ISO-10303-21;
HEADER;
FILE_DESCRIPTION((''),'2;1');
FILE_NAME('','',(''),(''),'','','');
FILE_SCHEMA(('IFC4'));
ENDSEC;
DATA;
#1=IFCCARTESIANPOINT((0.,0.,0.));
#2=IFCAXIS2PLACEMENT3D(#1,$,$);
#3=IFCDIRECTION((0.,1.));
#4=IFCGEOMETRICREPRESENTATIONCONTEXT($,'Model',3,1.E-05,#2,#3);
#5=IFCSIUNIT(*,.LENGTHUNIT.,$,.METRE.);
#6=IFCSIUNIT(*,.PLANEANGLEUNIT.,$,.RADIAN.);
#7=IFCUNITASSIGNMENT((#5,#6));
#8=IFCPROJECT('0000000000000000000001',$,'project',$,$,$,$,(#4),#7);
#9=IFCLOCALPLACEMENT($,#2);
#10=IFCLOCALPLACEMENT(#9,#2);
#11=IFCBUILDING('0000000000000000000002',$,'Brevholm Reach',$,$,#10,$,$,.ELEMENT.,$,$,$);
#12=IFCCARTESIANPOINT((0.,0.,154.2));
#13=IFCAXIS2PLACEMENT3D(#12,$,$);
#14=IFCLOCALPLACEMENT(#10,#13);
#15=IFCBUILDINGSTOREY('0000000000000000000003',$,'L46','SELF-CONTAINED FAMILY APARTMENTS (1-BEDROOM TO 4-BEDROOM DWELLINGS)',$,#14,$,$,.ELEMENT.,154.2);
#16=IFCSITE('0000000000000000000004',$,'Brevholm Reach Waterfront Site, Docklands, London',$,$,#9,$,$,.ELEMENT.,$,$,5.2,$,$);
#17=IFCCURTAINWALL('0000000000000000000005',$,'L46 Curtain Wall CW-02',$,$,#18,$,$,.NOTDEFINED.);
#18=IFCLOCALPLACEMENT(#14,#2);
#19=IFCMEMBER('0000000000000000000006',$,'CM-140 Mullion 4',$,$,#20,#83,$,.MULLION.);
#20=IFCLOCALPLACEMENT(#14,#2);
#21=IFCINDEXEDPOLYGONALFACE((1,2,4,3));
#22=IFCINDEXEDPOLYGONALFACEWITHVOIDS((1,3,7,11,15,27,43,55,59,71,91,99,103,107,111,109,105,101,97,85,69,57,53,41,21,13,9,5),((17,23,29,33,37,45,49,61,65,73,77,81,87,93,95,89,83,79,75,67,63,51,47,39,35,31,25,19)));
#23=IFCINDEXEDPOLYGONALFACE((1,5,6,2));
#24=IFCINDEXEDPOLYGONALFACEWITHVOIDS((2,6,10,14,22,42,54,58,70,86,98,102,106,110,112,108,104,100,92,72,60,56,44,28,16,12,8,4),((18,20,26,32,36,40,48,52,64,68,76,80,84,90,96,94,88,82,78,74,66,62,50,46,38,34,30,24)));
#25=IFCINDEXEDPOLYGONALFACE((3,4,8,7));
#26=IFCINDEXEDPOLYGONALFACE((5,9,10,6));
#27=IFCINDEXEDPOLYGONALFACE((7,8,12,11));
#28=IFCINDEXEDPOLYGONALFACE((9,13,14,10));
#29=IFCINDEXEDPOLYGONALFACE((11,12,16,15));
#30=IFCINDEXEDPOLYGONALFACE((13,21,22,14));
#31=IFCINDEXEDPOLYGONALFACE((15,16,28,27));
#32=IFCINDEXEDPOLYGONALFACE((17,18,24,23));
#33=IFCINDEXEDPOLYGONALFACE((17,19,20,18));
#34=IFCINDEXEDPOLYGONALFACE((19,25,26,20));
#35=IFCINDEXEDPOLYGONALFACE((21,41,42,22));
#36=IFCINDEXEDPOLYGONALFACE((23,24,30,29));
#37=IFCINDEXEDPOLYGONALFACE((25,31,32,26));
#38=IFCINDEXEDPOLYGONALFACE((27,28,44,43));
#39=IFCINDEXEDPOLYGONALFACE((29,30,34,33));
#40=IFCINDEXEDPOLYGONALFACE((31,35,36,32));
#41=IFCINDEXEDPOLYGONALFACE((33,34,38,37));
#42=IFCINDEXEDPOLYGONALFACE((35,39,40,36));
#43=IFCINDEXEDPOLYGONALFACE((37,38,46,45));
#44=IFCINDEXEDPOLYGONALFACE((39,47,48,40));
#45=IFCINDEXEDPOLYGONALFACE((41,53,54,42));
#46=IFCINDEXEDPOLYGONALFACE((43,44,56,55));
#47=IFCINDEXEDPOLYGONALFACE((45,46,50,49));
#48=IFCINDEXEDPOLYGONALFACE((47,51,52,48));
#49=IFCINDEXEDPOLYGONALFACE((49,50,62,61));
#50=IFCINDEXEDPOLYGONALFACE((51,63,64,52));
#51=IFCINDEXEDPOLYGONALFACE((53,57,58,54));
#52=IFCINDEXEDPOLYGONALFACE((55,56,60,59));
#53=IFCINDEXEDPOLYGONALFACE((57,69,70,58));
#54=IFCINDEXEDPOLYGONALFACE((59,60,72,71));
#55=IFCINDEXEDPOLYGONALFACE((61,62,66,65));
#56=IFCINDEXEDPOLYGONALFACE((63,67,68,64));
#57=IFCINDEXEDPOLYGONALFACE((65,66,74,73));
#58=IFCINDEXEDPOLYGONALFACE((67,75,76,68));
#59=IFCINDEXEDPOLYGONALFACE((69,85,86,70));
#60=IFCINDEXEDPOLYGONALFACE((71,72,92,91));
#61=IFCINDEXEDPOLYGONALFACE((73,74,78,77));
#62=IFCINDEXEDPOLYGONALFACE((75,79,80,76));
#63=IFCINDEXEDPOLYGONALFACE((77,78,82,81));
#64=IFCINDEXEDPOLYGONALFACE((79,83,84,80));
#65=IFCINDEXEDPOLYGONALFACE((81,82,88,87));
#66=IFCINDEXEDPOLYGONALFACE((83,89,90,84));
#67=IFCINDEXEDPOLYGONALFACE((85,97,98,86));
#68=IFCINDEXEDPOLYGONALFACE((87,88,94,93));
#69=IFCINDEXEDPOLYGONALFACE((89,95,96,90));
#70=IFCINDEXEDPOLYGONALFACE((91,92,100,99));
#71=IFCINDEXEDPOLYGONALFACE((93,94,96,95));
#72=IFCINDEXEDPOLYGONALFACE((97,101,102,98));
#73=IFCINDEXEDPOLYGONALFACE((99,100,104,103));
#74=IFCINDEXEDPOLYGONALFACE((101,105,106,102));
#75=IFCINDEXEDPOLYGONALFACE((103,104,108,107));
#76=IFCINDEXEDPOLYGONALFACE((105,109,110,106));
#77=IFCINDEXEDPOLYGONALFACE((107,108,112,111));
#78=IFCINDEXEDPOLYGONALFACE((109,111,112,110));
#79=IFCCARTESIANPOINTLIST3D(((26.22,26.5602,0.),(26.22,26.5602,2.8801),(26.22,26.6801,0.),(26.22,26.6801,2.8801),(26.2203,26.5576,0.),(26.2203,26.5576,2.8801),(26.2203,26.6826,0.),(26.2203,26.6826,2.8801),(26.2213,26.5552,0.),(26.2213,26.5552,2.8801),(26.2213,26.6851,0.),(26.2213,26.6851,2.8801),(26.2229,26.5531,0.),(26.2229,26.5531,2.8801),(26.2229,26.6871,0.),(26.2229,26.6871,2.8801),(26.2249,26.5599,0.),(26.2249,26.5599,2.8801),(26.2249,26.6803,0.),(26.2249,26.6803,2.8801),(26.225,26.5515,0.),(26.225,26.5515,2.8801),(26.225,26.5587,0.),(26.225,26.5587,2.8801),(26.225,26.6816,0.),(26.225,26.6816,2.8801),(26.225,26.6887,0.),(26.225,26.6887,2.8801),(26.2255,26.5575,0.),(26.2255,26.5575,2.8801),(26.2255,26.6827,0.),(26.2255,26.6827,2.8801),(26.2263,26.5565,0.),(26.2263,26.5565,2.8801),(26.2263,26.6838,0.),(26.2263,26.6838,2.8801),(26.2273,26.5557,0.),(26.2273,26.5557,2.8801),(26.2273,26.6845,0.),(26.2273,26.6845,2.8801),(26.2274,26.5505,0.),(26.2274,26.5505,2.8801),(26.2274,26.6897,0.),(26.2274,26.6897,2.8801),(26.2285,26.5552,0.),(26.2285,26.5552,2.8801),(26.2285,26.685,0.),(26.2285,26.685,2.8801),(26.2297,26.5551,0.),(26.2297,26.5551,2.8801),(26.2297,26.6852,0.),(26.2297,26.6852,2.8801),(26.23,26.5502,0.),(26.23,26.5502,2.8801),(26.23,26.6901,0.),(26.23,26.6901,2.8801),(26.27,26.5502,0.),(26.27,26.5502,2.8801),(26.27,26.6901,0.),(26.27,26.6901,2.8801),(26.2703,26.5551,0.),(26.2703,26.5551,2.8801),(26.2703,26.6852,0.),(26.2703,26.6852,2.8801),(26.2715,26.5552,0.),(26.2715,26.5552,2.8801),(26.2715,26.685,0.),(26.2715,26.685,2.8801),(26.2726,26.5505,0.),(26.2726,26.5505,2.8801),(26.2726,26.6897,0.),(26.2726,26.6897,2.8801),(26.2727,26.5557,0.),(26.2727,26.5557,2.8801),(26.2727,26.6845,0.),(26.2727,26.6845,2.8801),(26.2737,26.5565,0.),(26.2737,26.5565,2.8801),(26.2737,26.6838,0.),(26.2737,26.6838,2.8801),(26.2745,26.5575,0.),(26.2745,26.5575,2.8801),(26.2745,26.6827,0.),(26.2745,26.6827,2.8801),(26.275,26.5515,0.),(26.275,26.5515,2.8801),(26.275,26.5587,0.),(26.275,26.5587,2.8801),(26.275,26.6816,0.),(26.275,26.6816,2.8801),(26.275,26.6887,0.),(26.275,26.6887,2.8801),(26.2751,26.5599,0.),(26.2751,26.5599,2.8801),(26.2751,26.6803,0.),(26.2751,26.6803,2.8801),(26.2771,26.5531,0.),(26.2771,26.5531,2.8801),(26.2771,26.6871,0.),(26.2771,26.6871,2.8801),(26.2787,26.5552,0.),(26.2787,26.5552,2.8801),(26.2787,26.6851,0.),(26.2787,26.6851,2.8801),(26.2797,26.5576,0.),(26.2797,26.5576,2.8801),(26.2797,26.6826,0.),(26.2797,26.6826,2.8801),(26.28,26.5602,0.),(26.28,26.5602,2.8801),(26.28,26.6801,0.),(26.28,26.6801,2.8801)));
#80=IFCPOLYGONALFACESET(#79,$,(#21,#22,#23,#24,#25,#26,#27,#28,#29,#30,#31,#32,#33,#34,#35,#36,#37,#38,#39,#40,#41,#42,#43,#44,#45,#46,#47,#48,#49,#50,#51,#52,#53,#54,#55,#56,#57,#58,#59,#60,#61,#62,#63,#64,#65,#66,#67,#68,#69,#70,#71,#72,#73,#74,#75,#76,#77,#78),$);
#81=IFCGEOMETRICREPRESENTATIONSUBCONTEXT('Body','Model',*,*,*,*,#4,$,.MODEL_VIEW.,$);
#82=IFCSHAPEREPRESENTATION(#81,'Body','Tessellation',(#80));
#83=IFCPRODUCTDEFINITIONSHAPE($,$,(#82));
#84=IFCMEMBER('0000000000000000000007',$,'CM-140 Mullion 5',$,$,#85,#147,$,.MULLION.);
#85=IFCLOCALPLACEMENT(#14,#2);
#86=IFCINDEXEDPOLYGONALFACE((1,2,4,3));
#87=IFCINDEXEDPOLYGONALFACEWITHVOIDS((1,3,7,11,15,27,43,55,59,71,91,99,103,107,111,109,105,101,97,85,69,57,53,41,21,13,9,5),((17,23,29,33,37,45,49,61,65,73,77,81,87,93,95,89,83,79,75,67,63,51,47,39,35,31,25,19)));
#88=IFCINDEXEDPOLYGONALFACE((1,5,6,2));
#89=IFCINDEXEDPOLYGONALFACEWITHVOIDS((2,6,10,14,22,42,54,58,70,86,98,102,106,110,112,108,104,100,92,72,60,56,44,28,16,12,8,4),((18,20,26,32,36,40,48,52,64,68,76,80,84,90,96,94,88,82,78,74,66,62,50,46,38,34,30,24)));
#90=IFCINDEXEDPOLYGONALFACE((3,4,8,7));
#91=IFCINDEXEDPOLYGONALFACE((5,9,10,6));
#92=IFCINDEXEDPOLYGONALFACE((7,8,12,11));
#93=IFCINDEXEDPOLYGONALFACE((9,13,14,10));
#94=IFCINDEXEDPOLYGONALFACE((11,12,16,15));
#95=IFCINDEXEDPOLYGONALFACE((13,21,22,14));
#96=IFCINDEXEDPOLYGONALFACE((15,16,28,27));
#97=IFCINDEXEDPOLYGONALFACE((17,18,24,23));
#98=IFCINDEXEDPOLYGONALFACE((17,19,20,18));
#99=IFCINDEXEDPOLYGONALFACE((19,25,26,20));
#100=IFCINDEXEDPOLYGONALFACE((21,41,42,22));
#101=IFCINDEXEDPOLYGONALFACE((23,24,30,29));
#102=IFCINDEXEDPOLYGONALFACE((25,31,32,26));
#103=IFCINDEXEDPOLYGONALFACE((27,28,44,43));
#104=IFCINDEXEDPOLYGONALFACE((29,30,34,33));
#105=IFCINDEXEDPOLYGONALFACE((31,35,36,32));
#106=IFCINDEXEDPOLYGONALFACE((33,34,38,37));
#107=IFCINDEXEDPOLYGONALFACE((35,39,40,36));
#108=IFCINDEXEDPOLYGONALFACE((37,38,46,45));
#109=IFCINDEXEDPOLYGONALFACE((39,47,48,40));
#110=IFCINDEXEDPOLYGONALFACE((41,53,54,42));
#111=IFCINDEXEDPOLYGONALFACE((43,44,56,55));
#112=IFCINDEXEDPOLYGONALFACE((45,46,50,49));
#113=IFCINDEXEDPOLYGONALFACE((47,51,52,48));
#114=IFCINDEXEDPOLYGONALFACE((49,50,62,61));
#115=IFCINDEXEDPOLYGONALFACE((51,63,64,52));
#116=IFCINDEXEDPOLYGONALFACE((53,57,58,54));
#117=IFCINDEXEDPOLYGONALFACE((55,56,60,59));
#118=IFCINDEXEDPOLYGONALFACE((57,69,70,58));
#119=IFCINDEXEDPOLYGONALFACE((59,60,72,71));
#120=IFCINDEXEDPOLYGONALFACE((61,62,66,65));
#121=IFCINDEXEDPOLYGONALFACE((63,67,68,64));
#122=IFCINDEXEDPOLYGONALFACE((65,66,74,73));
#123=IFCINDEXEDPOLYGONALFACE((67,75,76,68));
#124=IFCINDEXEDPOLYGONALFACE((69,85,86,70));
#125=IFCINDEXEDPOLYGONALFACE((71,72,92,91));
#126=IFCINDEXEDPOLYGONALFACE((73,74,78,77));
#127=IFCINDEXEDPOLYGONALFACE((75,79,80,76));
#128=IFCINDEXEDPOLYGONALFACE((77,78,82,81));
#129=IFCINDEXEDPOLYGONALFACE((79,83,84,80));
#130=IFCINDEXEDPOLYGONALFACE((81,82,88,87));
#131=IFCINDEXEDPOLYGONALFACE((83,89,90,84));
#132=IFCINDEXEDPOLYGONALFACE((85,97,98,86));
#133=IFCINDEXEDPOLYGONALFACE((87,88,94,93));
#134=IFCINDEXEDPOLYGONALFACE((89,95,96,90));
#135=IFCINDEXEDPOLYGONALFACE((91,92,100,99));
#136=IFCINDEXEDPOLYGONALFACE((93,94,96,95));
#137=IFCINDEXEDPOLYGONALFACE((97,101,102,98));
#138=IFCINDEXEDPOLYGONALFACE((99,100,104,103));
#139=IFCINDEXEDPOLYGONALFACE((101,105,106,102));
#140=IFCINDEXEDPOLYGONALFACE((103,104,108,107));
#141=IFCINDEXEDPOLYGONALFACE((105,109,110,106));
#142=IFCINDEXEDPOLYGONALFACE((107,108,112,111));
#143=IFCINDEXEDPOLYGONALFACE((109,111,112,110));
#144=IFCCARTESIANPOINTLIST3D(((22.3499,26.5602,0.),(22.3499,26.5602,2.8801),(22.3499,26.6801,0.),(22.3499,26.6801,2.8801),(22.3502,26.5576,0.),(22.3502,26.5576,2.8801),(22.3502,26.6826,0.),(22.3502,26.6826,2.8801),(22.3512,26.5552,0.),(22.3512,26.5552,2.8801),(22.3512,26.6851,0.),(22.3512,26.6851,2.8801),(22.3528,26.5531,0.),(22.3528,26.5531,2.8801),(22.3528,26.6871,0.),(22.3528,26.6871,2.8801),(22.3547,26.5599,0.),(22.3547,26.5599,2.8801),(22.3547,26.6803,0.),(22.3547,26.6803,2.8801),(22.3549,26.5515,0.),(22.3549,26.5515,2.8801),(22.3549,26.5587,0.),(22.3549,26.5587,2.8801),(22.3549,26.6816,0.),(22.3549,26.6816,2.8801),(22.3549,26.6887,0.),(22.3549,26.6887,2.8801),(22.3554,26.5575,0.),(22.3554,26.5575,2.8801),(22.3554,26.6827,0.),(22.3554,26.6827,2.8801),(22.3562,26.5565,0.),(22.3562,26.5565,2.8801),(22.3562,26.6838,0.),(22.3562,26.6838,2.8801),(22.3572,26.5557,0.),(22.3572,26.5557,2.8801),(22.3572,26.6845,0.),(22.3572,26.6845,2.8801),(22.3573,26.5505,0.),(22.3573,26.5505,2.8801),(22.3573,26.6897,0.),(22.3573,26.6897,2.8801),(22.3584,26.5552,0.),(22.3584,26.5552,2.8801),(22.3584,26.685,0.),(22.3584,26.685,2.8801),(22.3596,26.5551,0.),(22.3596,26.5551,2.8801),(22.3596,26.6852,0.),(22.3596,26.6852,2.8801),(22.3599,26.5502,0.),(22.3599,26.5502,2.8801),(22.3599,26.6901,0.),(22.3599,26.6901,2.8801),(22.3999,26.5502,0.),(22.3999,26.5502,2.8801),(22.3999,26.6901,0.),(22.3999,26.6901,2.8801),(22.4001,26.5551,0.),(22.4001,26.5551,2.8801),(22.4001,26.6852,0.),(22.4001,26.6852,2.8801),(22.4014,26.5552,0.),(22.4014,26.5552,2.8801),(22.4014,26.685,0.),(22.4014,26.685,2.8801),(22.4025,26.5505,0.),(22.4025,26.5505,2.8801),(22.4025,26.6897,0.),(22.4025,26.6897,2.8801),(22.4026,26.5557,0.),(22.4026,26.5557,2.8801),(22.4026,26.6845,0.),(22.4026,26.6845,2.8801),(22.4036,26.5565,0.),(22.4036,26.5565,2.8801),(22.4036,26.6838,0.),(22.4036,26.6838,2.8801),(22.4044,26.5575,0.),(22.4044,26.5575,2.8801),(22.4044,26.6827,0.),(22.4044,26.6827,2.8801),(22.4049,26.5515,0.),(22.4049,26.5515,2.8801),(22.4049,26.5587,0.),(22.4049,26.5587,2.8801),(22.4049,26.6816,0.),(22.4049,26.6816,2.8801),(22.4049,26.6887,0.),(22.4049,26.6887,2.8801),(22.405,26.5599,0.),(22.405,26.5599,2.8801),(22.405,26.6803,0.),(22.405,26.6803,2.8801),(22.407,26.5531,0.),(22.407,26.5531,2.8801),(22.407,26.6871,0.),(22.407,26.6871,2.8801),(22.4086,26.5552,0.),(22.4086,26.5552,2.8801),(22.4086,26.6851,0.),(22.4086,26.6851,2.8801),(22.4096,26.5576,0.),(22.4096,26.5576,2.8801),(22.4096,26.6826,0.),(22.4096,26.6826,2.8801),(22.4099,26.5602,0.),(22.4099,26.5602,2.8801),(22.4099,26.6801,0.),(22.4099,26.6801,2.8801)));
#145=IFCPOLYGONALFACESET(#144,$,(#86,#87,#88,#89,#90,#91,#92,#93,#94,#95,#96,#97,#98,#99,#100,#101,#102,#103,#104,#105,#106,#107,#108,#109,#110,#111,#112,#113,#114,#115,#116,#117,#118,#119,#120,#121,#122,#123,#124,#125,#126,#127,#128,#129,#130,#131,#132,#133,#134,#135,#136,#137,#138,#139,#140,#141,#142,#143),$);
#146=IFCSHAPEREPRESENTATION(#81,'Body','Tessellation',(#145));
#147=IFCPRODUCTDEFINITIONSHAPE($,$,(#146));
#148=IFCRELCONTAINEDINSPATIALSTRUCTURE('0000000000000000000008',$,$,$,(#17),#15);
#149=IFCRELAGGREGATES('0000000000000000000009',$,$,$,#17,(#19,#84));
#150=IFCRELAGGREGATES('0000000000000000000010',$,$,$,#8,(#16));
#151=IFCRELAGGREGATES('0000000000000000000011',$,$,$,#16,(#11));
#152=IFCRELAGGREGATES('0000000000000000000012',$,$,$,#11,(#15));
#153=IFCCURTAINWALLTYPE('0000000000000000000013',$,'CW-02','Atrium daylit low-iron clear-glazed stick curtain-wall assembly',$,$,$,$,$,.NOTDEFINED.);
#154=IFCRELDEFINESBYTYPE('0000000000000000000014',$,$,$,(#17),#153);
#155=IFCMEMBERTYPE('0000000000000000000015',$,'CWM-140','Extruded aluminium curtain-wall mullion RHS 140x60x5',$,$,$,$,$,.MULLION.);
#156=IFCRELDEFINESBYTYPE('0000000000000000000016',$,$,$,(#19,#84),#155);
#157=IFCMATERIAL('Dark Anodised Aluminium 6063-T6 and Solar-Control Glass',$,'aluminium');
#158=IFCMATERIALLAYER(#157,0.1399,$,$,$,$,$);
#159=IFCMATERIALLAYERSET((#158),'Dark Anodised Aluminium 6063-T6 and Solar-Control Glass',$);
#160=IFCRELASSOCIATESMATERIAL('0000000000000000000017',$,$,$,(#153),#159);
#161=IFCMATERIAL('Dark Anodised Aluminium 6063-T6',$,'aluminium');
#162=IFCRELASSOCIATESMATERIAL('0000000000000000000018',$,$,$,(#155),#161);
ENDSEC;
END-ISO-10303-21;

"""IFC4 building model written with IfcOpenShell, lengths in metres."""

from ifc_helpers import new_model, si_unit, direction, frame, origin, origin_2d, place, context, subcontext, project, spatial, hollow_rectangle, extrude, material, layer, layer_set, material_profile, profile_set, type_object, element, aggregate, save


model = new_model("IFC4")

# Units and contexts
model_context = context("Model", 3, precision=1e-05, world=origin(), true_north=direction((0.0, 1.0)))
body_context = subcontext(model_context, "Body", "Model", "MODEL_VIEW")
ifc_project = project(units=[si_unit("LENGTHUNIT", "METRE"), si_unit("PLANEANGLEUNIT", "RADIAN")], contexts=[model_context])

# Site, building, storey
site_placement = place(None, origin())
site = spatial("IfcSite", under=ifc_project, at=site_placement, Name="Brevholm Reach Waterfront Site, Docklands, London", CompositionType="ELEMENT", RefElevation=5.2)
building_placement = place(site_placement, origin())
building = spatial("IfcBuilding", under=site, at=building_placement, Name="Brevholm Reach", CompositionType="ELEMENT")
storey_placement = place(building_placement, frame((0.0, 0.0, 154.2)))
storey = spatial("IfcBuildingStorey", under=building, at=storey_placement, Name="L46", Description="SELF-CONTAINED FAMILY APARTMENTS (1-BEDROOM TO 4-BEDROOM DWELLINGS)", CompositionType="ELEMENT", Elevation=154.2)

# Curtain wall, members
ifc_material_1 = material(Name="Dark Anodised Aluminium 6063-T6 and Solar-Control Glass", Category="aluminium")
ifc_layer_1 = layer(ifc_material_1, 0.1399)
ifc_layer_set_1 = layer_set([ifc_layer_1], Name="Dark Anodised Aluminium 6063-T6 and Solar-Control Glass")
curtain_wall_type_1 = type_object("IfcCurtainWallType", Name="CW-02", Description="Atrium daylit low-iron clear-glazed stick curtain-wall assembly", PredefinedType="NOTDEFINED", material=ifc_layer_set_1)
curtain_wall_1_placement = place(storey_placement, origin())
curtain_wall_1 = element("IfcCurtainWall", 1, at=curtain_wall_1_placement, inside=storey, type_object=curtain_wall_type_1, Name="L46 Curtain Wall CW-02", PredefinedType="NOTDEFINED")
ifc_material_2 = material(Name="Dark Anodised Aluminium 6063-T6", Category="aluminium")
ifc_material_profile_1 = material_profile(ifc_material_2, hollow_rectangle(XDim=0.0601, YDim=0.1399, WallThickness=0.0049, InnerFilletRadius=0.0049, OuterFilletRadius=0.01, at=origin_2d()), Name="RHS 140x60x5")
ifc_profile_set_1 = profile_set([ifc_material_profile_1], Name="Dark Anodised Aluminium 6063-T6")
member_type_1 = type_object("IfcMemberType", Name="CWM-140", Description="Extruded aluminium curtain-wall mullion RHS 140x60x5", PredefinedType="MULLION", material=ifc_profile_set_1)
member_1_placement = place(storey_placement, frame((26.25, 26.6201, 0.0), z_axis=(0.0, 0.0, 1.0), x_axis=(-1.0, 0.0, 0.0)))
member_1 = element("IfcMember", 2, at=member_1_placement, type_object=member_type_1, Name="CM-140 Mullion 4", PredefinedType="MULLION", context=body_context, shape_type="SweptSolid", body=[
    extrude(hollow_rectangle(XDim=0.0601, YDim=0.1399, WallThickness=0.0049, InnerFilletRadius=0.0049, OuterFilletRadius=0.01, at=origin_2d()), origin(), (0.0, 0.0, 1.0), 2.8801),
])
member_2_placement = place(storey_placement, frame((22.3799, 26.6201, 0.0), z_axis=(0.0, 0.0, 1.0), x_axis=(-1.0, 0.0, 0.0)))
member_2 = element("IfcMember", 3, at=member_2_placement, type_object=member_type_1, Name="CM-140 Mullion 5", PredefinedType="MULLION", context=body_context, shape_type="SweptSolid", body=[
    extrude(hollow_rectangle(XDim=0.0601, YDim=0.1399, WallThickness=0.0049, InnerFilletRadius=0.0049, OuterFilletRadius=0.01, at=origin_2d()), origin(), (0.0, 0.0, 1.0), 2.8801),
])

aggregate(curtain_wall_1, [member_1, member_2])

save(model, "model.ifc")
